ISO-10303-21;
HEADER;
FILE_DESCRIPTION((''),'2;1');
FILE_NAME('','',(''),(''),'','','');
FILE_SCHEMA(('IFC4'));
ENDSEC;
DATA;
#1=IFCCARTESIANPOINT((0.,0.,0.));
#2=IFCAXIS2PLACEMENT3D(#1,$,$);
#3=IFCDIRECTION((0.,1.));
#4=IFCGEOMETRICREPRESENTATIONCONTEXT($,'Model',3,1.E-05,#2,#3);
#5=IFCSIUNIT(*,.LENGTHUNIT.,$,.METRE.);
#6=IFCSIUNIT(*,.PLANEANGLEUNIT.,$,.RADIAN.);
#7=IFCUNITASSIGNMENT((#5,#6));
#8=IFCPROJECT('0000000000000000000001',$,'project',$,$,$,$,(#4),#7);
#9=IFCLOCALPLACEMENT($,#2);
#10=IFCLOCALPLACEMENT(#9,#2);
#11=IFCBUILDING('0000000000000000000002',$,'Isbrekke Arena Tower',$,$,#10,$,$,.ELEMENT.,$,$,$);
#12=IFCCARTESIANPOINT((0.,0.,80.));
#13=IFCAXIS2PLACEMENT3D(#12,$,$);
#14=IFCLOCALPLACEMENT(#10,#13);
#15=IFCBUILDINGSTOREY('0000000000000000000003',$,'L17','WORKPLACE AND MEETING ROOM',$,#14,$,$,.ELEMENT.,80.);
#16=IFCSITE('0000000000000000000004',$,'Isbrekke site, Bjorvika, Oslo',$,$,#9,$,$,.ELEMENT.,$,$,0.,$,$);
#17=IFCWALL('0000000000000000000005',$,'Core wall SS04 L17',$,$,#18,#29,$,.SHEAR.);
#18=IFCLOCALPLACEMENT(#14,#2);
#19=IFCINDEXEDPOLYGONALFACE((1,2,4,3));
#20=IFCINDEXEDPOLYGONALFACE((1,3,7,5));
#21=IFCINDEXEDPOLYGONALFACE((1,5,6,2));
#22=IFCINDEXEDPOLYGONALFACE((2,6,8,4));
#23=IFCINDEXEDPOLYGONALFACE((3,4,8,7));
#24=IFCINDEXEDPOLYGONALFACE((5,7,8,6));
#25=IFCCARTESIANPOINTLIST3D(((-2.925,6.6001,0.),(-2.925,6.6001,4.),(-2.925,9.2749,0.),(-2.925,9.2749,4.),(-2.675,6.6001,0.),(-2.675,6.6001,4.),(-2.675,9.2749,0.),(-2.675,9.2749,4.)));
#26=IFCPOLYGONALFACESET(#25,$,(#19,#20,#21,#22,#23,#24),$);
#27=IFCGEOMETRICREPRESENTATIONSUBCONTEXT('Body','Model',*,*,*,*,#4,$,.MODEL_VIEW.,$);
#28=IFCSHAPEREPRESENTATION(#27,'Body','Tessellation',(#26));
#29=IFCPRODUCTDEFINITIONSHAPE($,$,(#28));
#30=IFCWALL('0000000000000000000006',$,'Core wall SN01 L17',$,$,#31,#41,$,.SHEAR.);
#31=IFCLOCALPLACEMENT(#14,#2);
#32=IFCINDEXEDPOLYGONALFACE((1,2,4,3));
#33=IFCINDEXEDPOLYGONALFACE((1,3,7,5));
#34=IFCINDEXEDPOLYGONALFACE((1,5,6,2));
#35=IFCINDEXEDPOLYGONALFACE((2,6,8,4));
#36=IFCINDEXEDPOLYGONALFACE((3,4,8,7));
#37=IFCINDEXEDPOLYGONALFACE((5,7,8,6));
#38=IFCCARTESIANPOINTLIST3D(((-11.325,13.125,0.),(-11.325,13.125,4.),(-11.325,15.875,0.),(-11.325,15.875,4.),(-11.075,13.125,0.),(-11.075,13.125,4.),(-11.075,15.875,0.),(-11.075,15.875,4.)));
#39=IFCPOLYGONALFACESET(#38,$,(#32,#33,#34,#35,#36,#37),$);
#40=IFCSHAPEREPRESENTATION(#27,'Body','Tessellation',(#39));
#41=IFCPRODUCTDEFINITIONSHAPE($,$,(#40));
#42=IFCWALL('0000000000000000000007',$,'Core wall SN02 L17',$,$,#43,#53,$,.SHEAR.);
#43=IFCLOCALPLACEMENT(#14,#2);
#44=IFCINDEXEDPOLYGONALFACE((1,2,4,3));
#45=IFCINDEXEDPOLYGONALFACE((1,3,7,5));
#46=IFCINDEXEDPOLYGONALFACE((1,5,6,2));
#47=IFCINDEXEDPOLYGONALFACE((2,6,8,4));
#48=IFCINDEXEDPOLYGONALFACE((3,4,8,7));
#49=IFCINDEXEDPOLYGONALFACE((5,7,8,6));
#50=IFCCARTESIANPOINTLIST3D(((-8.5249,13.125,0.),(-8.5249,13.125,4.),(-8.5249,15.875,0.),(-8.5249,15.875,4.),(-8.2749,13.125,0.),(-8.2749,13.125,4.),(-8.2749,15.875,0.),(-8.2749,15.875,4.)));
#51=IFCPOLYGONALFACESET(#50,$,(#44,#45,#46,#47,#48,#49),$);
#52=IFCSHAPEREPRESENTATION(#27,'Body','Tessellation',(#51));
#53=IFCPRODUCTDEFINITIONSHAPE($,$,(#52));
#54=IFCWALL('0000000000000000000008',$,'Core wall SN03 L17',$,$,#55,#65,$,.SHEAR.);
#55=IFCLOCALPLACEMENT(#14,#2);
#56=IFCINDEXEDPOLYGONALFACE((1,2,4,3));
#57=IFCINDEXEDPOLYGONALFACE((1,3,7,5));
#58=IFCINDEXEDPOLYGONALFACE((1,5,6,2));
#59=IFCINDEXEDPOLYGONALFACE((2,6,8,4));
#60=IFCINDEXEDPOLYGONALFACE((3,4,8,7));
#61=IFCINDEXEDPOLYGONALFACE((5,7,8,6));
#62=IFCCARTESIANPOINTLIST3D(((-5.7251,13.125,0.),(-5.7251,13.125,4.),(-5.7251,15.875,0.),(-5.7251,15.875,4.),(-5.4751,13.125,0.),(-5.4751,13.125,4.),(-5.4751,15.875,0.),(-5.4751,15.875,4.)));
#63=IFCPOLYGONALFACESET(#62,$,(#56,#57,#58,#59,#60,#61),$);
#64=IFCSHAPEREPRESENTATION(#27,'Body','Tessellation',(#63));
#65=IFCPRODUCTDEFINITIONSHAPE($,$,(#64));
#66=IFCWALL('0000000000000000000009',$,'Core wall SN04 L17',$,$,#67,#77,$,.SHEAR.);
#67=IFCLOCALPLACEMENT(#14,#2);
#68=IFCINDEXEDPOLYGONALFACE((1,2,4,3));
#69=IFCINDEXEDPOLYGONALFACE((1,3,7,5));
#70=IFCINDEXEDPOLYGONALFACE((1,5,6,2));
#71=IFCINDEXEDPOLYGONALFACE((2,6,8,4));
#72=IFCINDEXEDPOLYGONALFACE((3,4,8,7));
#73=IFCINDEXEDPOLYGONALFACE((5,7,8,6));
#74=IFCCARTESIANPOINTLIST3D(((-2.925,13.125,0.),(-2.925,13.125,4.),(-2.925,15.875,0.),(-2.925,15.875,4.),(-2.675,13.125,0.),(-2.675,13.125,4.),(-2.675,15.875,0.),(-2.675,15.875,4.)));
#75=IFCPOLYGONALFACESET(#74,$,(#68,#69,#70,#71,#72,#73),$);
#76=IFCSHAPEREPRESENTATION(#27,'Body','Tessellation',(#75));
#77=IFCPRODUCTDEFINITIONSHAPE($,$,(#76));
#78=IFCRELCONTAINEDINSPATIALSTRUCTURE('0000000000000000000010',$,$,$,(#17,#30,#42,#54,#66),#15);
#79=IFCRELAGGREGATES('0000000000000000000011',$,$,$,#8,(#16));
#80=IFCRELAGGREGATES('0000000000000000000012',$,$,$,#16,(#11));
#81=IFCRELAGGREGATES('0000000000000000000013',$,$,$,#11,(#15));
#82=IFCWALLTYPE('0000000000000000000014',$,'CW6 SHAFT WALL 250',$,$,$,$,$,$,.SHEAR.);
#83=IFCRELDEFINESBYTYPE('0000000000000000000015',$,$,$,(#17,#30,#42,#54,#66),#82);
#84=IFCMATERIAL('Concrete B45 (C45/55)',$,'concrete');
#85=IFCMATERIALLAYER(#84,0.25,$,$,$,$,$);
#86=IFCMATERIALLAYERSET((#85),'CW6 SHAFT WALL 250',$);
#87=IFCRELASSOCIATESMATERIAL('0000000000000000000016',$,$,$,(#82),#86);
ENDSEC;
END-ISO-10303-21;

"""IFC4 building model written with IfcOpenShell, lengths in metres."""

from ifc_helpers import new_model, si_unit, direction, frame, frame_2d, origin, place, context, subcontext, project, spatial, rectangle, extrude, material, layer, layer_set, type_object, element, save


model = new_model("IFC4")

# Units and contexts
model_context = context("Model", 3, precision=1e-05, world=origin(), true_north=direction((0.0, 1.0)))
body_context = subcontext(model_context, "Body", "Model", "MODEL_VIEW")
ifc_project = project(units=[si_unit("LENGTHUNIT", "METRE"), si_unit("PLANEANGLEUNIT", "RADIAN")], contexts=[model_context])

# Site, building, storey
site_placement = place(None, origin())
site = spatial("IfcSite", under=ifc_project, at=site_placement, Name="Isbrekke site, Bjorvika, Oslo", CompositionType="ELEMENT", RefElevation=0.0)
building_placement = place(site_placement, origin())
building = spatial("IfcBuilding", under=site, at=building_placement, Name="Isbrekke Arena Tower", CompositionType="ELEMENT")
storey_placement = place(building_placement, frame((0.0, 0.0, 80.0)))
storey = spatial("IfcBuildingStorey", under=building, at=storey_placement, Name="L17", Description="WORKPLACE AND MEETING ROOM", CompositionType="ELEMENT", Elevation=80.0)

# Shared definitions
ifc_material_1 = material(Name="Concrete B45 (C45/55)", Category="concrete")
ifc_layer_1 = layer(ifc_material_1, 0.25)
ifc_layer_set_1 = layer_set([ifc_layer_1], Name="CW6 SHAFT WALL 250")
wall_type_1 = type_object("IfcWallType", Name="CW6 SHAFT WALL 250", PredefinedType="SHEAR", material=ifc_layer_set_1)

# Walls
for number, where, z_axis, x_axis, name in (
    (1, (-2.8, 6.6001, 0.0), (0.0, 0.0, 1.0), (0.0, 1.0, 0.0), "Core wall SS04 L17"),
):
    element("IfcWall", number, at=place(storey_placement, frame(where, z_axis=z_axis, x_axis=x_axis)), inside=storey, type_object=wall_type_1, Name=name, PredefinedType="SHEAR", context=body_context, shape_type="SweptSolid", body=[
        extrude(rectangle(XDim=2.6748, YDim=0.25, at=frame_2d((1.3374, 0.0))), origin(), (0.0, 0.0, 1.0), 4.0),
    ])
for number, where, z_axis, x_axis, name in (
    (2, (-11.2, 13.125, 0.0), (0.0, 0.0, 1.0), (0.0, 1.0, 0.0), "Core wall SN01 L17"),
    (3, (-8.3999, 13.125, 0.0), (0.0, 0.0, 1.0), (0.0, 1.0, 0.0), "Core wall SN02 L17"),
    (4, (-5.6001, 13.125, 0.0), (0.0, 0.0, 1.0), (0.0, 1.0, 0.0), "Core wall SN03 L17"),
    (5, (-2.8, 13.125, 0.0), (0.0, 0.0, 1.0), (0.0, 1.0, 0.0), "Core wall SN04 L17"),
):
    element("IfcWall", number, at=place(storey_placement, frame(where, z_axis=z_axis, x_axis=x_axis)), inside=storey, type_object=wall_type_1, Name=name, PredefinedType="SHEAR", context=body_context, shape_type="SweptSolid", body=[
        extrude(rectangle(XDim=2.75, YDim=0.25, at=frame_2d((1.375, 0.0))), origin(), (0.0, 0.0, 1.0), 4.0),
    ])

save(model, "model.ifc")
